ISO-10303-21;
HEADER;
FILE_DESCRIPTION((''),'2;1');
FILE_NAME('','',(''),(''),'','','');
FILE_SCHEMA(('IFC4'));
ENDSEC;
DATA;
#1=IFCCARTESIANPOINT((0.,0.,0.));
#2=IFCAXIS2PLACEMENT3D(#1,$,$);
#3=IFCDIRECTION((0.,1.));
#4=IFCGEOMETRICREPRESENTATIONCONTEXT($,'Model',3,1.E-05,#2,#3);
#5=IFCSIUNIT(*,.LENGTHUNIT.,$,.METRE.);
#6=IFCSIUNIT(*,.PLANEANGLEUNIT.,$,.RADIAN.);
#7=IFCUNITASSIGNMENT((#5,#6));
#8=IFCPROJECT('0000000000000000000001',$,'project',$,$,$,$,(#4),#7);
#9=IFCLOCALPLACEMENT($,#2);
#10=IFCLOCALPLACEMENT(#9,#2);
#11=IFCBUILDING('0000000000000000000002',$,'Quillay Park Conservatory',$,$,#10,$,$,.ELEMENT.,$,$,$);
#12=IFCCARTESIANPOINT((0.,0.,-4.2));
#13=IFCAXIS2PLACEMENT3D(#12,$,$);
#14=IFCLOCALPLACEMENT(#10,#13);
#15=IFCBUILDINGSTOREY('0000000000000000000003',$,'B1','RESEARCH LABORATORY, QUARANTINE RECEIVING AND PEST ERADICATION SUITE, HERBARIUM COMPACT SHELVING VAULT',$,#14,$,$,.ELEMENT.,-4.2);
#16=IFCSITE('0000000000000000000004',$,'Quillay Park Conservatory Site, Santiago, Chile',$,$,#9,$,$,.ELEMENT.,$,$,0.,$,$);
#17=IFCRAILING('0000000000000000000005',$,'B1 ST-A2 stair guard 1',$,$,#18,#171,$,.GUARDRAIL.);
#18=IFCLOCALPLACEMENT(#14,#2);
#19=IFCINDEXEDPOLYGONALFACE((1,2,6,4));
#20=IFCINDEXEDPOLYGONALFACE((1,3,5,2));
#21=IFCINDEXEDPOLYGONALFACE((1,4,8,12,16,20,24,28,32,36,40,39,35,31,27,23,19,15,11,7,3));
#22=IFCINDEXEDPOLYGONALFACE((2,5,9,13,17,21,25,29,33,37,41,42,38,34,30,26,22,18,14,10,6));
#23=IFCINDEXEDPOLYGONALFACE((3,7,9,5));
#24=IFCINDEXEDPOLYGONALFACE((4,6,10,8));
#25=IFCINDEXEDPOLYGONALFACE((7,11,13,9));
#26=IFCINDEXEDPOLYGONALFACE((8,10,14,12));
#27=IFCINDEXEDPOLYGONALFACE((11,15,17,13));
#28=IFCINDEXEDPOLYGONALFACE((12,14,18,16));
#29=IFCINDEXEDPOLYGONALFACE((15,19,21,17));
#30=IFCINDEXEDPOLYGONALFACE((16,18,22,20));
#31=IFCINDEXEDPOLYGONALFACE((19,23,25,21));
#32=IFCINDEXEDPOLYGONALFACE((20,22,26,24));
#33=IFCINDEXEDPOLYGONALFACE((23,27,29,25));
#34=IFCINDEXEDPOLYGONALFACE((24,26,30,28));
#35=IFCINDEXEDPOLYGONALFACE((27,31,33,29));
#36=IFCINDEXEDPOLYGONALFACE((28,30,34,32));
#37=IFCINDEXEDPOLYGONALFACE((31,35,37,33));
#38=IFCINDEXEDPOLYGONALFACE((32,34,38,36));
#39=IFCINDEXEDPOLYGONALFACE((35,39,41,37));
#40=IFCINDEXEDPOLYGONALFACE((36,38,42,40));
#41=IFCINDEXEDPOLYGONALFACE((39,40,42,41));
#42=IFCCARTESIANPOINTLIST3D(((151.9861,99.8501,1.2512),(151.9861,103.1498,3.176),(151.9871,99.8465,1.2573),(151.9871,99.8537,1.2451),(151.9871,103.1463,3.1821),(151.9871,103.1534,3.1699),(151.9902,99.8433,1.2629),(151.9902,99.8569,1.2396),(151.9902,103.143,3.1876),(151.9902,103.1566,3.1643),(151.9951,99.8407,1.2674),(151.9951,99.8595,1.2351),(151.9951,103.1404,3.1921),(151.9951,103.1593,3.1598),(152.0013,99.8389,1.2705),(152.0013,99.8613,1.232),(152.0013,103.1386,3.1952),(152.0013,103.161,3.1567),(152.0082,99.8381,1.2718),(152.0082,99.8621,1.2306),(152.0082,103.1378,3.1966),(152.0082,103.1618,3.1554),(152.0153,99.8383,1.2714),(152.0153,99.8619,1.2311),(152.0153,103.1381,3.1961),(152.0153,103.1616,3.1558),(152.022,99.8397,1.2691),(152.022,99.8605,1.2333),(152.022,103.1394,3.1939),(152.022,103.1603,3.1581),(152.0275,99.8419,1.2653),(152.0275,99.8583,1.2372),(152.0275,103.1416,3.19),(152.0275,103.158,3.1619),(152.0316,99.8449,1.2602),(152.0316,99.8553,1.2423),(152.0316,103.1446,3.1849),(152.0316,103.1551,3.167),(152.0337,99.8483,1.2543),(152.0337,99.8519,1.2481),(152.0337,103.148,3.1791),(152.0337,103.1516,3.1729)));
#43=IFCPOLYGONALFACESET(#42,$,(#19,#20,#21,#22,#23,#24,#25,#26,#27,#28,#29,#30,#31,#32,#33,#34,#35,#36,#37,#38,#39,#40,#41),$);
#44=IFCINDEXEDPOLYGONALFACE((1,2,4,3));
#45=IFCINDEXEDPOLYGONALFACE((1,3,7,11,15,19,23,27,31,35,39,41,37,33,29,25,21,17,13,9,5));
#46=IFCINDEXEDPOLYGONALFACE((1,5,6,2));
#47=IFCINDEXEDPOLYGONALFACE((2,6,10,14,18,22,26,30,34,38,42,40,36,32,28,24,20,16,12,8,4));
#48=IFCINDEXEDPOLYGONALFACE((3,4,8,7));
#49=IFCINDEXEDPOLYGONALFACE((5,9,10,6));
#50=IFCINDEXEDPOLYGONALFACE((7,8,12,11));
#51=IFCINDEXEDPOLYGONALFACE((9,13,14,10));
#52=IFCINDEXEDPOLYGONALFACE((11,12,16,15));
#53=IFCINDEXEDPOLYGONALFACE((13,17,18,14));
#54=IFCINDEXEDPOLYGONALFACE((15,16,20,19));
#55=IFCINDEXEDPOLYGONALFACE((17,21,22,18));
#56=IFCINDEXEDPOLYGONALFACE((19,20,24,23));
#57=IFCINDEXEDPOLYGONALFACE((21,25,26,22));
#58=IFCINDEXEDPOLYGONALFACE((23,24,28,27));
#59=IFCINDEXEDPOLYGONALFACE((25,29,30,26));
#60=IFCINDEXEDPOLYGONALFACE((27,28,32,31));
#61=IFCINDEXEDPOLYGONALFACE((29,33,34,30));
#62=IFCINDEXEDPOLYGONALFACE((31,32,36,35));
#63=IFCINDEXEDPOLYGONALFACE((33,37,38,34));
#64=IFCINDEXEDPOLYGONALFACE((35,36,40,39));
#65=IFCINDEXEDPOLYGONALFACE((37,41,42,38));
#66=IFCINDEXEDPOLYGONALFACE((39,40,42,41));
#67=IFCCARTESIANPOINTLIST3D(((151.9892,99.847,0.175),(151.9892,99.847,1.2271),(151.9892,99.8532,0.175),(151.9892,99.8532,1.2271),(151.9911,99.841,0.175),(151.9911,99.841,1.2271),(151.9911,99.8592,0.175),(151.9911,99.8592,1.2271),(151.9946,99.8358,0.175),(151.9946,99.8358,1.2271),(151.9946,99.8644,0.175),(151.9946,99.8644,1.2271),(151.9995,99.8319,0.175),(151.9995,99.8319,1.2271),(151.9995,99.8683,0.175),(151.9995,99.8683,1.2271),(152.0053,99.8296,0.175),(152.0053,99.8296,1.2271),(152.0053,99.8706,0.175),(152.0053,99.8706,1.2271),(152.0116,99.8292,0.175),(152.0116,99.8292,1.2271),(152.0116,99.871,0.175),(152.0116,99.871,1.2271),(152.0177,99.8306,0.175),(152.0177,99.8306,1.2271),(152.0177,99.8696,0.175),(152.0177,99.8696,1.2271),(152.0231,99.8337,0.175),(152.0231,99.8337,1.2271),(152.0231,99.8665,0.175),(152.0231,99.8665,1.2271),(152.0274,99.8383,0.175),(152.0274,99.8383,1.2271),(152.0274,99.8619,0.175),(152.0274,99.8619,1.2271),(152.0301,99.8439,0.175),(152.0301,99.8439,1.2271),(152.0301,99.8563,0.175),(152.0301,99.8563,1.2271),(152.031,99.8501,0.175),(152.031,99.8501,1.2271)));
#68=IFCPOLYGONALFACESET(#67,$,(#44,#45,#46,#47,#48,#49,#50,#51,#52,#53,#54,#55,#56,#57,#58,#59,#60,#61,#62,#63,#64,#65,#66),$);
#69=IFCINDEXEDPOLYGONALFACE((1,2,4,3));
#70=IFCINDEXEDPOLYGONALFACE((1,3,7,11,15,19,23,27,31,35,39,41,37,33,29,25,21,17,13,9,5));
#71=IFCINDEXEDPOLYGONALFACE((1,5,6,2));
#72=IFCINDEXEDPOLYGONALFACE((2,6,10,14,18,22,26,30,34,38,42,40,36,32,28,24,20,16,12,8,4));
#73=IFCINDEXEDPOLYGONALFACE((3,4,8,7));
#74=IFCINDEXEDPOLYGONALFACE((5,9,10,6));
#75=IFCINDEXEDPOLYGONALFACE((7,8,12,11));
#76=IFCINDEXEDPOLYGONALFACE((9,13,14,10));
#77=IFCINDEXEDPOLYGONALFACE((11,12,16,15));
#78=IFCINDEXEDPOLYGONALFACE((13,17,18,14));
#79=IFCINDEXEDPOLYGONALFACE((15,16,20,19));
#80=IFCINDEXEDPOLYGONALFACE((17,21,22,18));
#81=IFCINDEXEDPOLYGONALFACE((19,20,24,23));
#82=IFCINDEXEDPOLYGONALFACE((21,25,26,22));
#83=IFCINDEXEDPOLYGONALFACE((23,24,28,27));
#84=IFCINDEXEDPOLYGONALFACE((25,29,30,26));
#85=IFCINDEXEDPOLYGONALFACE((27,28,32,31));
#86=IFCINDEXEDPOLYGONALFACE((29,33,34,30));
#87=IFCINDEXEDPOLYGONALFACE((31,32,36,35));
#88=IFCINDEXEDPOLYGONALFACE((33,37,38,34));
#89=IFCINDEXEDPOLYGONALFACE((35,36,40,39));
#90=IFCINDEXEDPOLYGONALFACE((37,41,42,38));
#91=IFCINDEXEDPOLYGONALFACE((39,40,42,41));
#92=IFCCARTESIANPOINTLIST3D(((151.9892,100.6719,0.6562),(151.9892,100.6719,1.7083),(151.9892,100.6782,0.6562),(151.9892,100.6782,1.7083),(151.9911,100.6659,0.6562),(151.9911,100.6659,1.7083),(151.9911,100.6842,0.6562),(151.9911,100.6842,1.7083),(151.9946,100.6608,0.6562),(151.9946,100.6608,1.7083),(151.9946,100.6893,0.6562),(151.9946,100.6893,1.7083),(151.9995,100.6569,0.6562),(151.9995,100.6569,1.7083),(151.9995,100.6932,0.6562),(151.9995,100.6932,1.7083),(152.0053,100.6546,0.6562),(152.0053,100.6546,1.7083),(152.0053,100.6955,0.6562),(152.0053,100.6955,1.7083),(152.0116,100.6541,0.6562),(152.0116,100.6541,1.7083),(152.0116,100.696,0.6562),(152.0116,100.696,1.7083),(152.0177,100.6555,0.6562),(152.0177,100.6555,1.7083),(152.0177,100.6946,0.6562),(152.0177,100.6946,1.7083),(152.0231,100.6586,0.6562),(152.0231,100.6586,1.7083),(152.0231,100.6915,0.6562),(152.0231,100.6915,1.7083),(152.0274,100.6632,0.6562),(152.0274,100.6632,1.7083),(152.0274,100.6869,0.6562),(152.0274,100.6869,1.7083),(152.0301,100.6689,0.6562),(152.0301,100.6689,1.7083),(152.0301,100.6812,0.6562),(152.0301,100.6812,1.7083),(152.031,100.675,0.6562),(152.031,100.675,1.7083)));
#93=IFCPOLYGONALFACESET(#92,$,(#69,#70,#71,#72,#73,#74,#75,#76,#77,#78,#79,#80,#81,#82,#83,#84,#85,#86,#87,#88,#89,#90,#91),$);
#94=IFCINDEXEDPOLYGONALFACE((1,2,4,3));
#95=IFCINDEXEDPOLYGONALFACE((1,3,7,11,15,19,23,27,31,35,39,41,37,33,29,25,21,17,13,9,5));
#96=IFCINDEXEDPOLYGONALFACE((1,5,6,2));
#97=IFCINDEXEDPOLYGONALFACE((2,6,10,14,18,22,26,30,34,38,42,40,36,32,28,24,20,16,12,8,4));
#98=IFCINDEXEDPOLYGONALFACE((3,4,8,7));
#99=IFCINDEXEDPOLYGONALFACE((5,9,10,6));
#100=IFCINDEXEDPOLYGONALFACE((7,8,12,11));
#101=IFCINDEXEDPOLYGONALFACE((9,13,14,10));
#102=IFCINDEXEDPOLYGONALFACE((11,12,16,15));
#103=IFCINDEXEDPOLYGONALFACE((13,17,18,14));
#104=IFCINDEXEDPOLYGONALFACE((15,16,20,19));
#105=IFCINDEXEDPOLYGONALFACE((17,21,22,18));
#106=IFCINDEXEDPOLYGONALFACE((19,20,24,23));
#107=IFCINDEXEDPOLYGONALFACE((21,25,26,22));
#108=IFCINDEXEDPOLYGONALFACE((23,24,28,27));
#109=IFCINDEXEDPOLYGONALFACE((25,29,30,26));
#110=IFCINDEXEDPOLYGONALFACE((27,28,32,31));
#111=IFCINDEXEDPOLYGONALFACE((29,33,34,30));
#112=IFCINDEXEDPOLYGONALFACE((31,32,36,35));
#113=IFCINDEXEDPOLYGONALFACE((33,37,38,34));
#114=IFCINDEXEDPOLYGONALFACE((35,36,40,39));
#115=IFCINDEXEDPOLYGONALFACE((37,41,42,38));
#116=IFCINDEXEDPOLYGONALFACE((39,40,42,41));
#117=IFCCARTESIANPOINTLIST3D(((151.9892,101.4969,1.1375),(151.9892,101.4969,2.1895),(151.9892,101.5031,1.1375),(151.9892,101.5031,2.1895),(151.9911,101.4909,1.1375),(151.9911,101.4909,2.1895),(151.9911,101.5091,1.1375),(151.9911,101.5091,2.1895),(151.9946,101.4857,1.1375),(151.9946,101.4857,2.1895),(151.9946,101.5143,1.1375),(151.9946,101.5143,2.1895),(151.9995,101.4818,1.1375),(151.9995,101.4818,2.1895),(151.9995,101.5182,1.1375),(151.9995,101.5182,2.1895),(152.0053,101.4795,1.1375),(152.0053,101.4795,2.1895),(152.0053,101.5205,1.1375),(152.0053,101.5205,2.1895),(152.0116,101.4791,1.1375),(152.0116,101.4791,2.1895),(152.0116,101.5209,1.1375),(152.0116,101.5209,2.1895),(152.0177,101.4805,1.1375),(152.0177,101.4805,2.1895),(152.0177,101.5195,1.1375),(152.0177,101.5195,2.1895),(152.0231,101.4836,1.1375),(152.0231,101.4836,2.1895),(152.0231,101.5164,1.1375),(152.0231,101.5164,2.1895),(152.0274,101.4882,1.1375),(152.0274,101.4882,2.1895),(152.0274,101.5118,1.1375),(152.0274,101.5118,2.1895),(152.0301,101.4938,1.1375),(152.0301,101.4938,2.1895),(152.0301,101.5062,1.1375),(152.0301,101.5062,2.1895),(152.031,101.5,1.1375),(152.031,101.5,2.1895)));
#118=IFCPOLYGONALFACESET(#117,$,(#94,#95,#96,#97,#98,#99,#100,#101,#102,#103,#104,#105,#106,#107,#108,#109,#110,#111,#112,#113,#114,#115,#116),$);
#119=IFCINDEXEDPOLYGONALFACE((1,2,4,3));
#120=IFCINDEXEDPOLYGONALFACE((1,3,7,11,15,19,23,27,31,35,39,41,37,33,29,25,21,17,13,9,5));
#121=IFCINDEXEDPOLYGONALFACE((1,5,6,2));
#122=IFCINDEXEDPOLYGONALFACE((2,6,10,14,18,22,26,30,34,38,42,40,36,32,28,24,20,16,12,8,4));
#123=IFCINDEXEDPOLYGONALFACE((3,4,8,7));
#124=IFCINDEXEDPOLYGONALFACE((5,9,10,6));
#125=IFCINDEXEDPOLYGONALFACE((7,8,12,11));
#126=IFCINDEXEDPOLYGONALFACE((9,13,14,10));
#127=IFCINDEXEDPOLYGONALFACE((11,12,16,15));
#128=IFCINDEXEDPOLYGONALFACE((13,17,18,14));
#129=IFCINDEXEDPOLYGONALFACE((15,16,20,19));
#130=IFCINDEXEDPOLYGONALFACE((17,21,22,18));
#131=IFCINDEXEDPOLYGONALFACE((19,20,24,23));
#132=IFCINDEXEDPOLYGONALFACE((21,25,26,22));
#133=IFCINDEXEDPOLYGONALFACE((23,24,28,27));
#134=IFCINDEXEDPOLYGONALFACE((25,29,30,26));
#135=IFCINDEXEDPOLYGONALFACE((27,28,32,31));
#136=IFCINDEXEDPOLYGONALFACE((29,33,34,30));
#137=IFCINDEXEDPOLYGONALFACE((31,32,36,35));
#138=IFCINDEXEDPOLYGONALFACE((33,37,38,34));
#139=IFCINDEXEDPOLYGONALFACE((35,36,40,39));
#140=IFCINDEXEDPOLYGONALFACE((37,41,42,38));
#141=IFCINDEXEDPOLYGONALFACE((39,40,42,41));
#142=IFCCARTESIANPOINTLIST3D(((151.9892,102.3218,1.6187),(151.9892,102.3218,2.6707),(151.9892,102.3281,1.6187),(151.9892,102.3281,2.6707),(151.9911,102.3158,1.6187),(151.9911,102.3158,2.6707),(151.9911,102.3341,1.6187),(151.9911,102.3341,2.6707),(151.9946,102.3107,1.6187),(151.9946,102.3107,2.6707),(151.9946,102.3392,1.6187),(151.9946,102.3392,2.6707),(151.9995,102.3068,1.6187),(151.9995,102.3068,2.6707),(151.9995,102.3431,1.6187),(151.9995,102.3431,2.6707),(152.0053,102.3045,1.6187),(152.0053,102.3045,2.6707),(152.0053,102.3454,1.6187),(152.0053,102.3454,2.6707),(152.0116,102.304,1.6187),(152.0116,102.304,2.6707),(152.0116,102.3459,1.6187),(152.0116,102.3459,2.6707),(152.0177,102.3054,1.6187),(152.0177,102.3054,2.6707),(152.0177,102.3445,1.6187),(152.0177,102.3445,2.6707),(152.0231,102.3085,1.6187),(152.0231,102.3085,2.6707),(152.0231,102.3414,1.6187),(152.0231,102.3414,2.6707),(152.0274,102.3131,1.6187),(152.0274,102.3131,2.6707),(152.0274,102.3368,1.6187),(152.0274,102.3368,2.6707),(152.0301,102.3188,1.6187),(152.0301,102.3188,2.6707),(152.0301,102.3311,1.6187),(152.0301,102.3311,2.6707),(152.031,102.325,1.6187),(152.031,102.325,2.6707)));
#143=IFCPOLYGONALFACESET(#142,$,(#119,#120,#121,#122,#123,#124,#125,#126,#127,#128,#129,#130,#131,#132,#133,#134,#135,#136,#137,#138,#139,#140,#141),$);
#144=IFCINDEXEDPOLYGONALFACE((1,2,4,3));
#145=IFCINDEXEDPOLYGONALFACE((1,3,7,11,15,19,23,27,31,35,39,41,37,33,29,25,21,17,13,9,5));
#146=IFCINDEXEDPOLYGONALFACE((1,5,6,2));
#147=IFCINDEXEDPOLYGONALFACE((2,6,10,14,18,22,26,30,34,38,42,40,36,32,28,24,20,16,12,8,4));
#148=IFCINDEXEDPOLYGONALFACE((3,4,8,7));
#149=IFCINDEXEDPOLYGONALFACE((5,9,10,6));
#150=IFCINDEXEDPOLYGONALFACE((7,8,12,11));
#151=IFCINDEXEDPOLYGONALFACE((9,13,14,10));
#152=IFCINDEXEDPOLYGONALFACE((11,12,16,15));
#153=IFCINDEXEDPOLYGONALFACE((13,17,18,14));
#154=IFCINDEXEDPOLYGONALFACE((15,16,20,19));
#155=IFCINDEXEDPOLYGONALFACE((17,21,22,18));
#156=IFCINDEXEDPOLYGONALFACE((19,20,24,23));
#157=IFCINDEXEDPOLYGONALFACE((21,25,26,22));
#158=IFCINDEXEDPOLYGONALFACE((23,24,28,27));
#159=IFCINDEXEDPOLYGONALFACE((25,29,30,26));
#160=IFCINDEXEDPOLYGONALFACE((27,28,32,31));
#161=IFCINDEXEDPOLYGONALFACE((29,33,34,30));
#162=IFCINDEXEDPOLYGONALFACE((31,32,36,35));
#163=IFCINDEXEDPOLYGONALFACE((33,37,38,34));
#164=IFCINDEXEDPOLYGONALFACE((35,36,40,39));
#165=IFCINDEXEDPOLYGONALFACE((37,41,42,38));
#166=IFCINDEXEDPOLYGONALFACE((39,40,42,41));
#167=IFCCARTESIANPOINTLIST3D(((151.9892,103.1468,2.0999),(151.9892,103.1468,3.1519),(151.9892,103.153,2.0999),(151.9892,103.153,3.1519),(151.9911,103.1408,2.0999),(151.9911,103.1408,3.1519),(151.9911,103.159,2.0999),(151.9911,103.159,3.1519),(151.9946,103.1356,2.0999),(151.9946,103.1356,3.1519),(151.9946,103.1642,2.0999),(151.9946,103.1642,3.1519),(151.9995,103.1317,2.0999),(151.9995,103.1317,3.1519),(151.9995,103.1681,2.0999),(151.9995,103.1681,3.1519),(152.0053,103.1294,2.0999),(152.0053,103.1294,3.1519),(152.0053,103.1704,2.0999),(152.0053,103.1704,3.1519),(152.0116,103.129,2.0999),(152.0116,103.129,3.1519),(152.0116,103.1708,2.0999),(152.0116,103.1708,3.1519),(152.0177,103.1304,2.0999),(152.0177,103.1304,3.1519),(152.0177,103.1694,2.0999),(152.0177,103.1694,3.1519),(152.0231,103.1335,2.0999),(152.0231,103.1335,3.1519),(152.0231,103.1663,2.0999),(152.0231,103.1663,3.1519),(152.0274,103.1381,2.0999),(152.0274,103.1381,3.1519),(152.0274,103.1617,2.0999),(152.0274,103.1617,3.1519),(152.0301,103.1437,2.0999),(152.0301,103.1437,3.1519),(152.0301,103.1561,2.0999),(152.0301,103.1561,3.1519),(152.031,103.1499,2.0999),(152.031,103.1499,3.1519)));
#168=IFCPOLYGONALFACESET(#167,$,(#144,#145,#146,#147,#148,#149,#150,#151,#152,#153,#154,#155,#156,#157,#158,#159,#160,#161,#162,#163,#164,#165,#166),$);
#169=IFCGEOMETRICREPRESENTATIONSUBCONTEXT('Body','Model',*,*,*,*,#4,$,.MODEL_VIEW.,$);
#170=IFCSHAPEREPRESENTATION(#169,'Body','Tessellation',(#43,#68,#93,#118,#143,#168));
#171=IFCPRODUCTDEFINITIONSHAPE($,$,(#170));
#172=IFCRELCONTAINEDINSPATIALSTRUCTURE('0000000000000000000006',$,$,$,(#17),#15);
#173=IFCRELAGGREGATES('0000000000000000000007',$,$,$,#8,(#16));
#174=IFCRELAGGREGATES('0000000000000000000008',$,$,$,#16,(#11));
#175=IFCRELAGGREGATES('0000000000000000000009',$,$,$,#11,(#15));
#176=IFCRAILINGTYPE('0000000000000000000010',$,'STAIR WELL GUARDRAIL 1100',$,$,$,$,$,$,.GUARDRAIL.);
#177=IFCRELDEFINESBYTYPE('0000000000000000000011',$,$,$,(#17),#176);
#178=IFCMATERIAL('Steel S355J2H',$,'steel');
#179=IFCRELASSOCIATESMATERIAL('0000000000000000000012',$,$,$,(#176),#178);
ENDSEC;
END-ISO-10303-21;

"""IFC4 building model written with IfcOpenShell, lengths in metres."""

from ifc_helpers import new_model, si_unit, direction, frame, origin, origin_2d, place, context, subcontext, project, spatial, circle, extrude, material, type_object, element, save


model = new_model("IFC4")

# Units and contexts
model_context = context("Model", 3, precision=1e-05, world=origin(), true_north=direction((0.0, 1.0)))
body_context = subcontext(model_context, "Body", "Model", "MODEL_VIEW")
ifc_project = project(units=[si_unit("LENGTHUNIT", "METRE"), si_unit("PLANEANGLEUNIT", "RADIAN")], contexts=[model_context])

# Site, building, storey
site_placement = place(None, origin())
site = spatial("IfcSite", under=ifc_project, at=site_placement, Name="Quillay Park Conservatory Site, Santiago, Chile", CompositionType="ELEMENT", RefElevation=0.0)
building_placement = place(site_placement, origin())
building = spatial("IfcBuilding", under=site, at=building_placement, Name="Quillay Park Conservatory", CompositionType="ELEMENT")
storey_placement = place(building_placement, frame((0.0, 0.0, -4.2)))
storey = spatial("IfcBuildingStorey", under=building, at=storey_placement, Name="B1", Description="RESEARCH LABORATORY, QUARANTINE RECEIVING AND PEST ERADICATION SUITE, HERBARIUM COMPACT SHELVING VAULT", CompositionType="ELEMENT", Elevation=-4.2)

# Railing
ifc_material_1 = material(Name="Steel S355J2H", Category="steel")
railing_type_1 = type_object("IfcRailingType", Name="STAIR WELL GUARDRAIL 1100", PredefinedType="GUARDRAIL", material=ifc_material_1)
railing_1_placement = place(storey_placement, frame((152.01, 99.8501, 0.175)))
element("IfcRailing", 1, at=railing_1_placement, inside=storey, type_object=railing_type_1, Name="B1 ST-A2 stair guard 1", PredefinedType="GUARDRAIL", context=body_context, shape_type="SweptSolid", body=[
    extrude(circle(Radius=0.0239, at=origin_2d()), frame((0.0, 0.0, 1.0762), z_axis=(0.0, 0.863788, 0.503855), x_axis=(-1.0, 0.0, 0.0)), (0.0, 0.0, 1.0), 3.8201),
    extrude(circle(Radius=0.021, at=origin_2d()), origin(), (0.0, 0.0, 1.0), 1.052),
    extrude(circle(Radius=0.021, at=origin_2d()), frame((0.0, 0.825, 0.4812)), (0.0, 0.0, 1.0), 1.052),
    extrude(circle(Radius=0.021, at=origin_2d()), frame((0.0, 1.6499, 0.9624)), (0.0, 0.0, 1.0), 1.052),
    extrude(circle(Radius=0.021, at=origin_2d()), frame((0.0, 2.4749, 1.4436)), (0.0, 0.0, 1.0), 1.052),
    extrude(circle(Radius=0.021, at=origin_2d()), frame((0.0, 3.2998, 1.9248)), (0.0, 0.0, 1.0), 1.052),
])

save(model, "model.ifc")
